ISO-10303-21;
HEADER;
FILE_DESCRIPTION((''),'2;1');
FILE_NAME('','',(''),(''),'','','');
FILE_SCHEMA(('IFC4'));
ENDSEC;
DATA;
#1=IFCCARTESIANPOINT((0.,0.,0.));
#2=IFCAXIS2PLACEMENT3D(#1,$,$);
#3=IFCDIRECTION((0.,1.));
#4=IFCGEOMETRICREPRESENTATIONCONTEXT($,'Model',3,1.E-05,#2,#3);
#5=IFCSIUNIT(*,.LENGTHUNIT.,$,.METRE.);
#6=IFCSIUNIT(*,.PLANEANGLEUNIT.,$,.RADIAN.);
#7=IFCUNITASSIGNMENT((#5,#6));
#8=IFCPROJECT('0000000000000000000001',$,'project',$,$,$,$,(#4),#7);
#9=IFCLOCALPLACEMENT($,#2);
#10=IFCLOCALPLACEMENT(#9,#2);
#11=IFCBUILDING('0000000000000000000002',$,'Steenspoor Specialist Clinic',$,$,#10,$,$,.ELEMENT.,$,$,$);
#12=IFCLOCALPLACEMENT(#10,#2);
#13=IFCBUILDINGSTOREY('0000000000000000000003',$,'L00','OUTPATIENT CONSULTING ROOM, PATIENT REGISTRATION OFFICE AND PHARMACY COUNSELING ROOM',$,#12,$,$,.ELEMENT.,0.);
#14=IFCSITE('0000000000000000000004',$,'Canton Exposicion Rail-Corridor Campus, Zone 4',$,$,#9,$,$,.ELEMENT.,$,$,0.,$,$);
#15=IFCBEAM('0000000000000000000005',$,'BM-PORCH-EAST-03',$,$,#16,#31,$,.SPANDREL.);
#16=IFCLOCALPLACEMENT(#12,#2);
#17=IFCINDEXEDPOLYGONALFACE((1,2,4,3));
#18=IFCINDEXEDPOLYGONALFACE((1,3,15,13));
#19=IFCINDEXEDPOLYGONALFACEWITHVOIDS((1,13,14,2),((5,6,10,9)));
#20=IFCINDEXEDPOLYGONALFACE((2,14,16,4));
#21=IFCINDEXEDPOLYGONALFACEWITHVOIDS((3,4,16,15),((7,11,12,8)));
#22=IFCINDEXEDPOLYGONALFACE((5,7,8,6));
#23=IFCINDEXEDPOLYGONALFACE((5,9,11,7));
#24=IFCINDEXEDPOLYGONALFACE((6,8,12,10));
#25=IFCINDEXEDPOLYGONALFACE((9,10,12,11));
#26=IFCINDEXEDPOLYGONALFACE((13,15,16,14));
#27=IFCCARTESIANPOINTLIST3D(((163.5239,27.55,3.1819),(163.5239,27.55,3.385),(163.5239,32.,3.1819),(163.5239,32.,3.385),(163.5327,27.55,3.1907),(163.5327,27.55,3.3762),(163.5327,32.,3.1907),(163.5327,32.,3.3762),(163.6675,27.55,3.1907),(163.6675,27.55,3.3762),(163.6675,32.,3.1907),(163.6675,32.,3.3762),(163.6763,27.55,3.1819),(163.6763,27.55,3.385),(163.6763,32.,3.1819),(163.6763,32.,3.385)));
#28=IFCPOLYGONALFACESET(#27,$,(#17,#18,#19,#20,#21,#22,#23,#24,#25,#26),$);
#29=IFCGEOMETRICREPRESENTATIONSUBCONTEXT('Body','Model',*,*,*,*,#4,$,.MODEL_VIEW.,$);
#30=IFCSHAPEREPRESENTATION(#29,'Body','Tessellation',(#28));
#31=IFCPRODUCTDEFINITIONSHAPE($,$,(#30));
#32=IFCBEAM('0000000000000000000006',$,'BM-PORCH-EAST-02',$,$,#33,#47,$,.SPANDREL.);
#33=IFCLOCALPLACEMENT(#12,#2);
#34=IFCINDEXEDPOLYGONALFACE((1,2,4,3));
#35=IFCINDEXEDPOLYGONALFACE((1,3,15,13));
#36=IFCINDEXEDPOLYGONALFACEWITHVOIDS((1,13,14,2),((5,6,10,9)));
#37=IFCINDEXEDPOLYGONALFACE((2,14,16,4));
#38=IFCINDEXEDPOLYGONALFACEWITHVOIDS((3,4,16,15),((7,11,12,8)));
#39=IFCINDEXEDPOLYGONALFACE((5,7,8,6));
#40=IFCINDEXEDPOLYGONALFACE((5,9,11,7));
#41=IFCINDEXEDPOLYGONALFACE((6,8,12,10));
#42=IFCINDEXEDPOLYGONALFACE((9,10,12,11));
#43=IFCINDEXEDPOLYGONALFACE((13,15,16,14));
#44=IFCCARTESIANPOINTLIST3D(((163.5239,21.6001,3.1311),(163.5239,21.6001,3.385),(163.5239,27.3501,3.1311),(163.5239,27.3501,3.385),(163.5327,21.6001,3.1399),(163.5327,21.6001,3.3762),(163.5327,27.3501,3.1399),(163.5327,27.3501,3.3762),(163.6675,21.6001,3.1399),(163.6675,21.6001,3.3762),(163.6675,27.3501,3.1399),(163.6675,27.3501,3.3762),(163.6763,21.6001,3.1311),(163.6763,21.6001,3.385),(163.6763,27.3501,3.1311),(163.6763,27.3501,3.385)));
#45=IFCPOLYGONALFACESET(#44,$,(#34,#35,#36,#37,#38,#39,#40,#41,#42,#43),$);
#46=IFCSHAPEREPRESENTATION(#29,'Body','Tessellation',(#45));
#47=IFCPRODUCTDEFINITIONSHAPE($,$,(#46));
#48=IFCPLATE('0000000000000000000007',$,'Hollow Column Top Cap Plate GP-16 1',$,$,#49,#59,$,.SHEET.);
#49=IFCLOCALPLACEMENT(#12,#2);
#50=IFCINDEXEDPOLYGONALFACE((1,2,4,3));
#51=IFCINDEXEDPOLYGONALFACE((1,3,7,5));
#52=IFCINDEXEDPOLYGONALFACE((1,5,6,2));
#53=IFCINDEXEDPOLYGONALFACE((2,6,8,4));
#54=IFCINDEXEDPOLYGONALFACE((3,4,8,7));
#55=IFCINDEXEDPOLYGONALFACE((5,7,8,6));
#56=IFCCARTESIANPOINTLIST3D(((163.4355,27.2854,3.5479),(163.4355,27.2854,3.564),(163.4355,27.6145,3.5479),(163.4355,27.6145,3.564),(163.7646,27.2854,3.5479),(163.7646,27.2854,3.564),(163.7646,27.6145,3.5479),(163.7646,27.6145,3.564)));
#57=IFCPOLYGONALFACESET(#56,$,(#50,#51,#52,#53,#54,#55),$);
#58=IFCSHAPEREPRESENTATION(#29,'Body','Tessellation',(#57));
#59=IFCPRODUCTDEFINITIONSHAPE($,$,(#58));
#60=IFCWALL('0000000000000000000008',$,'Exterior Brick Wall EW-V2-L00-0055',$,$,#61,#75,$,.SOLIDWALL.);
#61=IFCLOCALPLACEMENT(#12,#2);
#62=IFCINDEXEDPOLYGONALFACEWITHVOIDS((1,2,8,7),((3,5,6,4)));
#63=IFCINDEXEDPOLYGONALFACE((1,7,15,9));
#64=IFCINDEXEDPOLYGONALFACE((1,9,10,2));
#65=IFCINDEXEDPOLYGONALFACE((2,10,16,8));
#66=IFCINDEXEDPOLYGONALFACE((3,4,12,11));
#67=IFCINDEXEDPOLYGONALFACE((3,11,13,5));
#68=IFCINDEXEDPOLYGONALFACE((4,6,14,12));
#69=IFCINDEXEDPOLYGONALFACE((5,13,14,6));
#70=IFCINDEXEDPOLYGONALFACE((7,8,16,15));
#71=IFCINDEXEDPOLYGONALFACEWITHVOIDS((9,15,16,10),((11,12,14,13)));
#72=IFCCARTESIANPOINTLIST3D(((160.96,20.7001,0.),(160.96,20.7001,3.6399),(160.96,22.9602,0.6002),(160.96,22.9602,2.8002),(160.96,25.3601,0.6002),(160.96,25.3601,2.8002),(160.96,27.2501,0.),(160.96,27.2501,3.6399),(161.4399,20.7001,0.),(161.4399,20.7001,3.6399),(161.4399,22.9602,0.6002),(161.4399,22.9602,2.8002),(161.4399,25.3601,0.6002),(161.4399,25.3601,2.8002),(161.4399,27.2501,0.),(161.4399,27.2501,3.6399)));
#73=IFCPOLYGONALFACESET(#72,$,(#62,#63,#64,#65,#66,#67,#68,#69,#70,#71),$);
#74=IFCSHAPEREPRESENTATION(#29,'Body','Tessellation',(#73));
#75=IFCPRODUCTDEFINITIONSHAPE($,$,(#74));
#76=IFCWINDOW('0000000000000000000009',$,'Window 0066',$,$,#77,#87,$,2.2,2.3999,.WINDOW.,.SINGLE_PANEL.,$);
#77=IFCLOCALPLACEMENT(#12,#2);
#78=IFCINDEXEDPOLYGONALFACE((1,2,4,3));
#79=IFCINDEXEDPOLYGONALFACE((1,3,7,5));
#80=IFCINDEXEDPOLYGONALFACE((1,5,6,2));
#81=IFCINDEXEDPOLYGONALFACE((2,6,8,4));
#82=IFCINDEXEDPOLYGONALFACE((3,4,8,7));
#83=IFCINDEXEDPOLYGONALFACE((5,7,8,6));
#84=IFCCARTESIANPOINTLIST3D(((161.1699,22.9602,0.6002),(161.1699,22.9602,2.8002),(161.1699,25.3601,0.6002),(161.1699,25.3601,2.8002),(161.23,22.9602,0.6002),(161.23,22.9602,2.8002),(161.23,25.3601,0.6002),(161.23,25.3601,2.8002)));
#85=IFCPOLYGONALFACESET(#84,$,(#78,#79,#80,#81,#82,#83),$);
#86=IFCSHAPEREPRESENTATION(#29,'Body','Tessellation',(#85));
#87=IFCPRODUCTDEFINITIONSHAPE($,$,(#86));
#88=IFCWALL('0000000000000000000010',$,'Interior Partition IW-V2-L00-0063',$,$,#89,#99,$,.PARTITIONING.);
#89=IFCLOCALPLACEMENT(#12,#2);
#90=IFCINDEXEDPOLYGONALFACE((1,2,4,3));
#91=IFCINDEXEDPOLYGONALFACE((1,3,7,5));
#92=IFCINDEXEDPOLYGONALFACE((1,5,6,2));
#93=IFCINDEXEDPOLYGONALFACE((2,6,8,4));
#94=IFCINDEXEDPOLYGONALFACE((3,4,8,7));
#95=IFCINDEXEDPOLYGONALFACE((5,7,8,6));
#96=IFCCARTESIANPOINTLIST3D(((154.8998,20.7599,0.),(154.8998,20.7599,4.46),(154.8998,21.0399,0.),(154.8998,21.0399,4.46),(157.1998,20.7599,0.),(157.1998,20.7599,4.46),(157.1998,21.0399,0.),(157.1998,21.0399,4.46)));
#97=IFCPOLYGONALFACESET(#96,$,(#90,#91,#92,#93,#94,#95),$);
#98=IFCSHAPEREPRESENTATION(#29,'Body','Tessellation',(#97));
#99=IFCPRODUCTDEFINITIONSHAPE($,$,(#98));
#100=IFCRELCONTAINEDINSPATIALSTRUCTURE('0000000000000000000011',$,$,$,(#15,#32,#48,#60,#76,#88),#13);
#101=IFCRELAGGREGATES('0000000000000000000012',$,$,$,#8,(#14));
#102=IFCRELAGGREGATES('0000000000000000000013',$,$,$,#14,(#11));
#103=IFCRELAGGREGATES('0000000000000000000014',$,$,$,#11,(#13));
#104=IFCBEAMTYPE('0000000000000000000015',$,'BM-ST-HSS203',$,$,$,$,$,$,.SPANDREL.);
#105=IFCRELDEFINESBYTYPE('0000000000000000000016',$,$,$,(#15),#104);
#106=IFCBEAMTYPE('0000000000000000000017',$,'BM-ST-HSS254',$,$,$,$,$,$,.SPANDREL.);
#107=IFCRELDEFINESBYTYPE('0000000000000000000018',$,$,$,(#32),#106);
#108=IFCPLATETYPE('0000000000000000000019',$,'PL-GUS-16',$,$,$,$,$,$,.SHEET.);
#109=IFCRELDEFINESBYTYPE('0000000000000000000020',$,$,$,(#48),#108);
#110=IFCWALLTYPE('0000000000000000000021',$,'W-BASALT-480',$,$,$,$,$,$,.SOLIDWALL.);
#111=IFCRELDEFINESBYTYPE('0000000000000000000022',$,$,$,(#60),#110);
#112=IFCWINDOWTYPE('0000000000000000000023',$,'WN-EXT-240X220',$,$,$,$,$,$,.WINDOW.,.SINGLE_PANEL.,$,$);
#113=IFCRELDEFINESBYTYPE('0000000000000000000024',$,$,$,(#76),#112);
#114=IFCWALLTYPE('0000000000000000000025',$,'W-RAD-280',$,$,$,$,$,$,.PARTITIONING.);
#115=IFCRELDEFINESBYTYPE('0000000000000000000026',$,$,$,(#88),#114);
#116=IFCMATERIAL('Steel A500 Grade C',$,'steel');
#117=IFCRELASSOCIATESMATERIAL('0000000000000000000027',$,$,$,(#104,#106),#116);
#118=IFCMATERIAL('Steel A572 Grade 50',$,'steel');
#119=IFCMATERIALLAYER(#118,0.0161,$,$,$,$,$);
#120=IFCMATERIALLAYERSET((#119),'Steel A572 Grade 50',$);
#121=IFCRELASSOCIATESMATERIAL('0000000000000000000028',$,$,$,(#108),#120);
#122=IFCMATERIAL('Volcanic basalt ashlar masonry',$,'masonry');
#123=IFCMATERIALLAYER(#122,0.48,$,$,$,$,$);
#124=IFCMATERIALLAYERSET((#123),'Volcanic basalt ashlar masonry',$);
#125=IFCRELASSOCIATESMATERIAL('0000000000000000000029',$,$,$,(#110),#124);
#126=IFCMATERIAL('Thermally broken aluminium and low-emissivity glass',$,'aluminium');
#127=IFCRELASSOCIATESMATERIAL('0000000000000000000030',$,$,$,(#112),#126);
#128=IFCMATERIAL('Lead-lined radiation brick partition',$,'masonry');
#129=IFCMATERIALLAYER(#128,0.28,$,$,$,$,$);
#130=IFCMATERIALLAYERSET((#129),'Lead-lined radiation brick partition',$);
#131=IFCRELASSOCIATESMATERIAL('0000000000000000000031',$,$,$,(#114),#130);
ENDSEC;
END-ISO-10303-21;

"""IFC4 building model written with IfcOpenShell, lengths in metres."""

from ifc_helpers import new_model, si_unit, direction, frame, frame_2d, origin, origin_2d, place, context, subcontext, project, spatial, rectangle, hollow_rectangle, extrude, material, layer, layer_set, material_profile, profile_set, type_object, element, fill, save


model = new_model("IFC4")

# Units and contexts
model_context = context("Model", 3, precision=1e-05, world=origin(), true_north=direction((0.0, 1.0)))
body_context = subcontext(model_context, "Body", "Model", "MODEL_VIEW")
ifc_project = project(units=[si_unit("LENGTHUNIT", "METRE"), si_unit("PLANEANGLEUNIT", "RADIAN")], contexts=[model_context])

# Site, building, storey
site_placement = place(None, origin())
site = spatial("IfcSite", under=ifc_project, at=site_placement, Name="Canton Exposicion Rail-Corridor Campus, Zone 4", CompositionType="ELEMENT", RefElevation=0.0)
building_placement = place(site_placement, origin())
building = spatial("IfcBuilding", under=site, at=building_placement, Name="Steenspoor Specialist Clinic", CompositionType="ELEMENT")
storey_placement = place(building_placement, origin())
storey = spatial("IfcBuildingStorey", under=building, at=storey_placement, Name="L00", Description="OUTPATIENT CONSULTING ROOM, PATIENT REGISTRATION OFFICE AND PHARMACY COUNSELING ROOM", CompositionType="ELEMENT", Elevation=0.0)

# Shared definitions
ifc_material_1 = material(Name="Steel A500 Grade C", Category="steel")

# Beams
ifc_material_profile_1 = material_profile(ifc_material_1, hollow_rectangle(XDim=0.1523, YDim=0.2031, WallThickness=0.0088, at=origin_2d()), Name="HSS203X152X9.5")
ifc_profile_set_1 = profile_set([ifc_material_profile_1], Name="Steel A500 Grade C")
beam_type_1 = type_object("IfcBeamType", Name="BM-ST-HSS203", PredefinedType="SPANDREL", material=ifc_profile_set_1)
beam_1_placement = place(storey_placement, frame((163.6001, 27.55, 3.2834), z_axis=(0.0, 1.0, 0.0), x_axis=(-1.0, 0.0, 0.0)))
element("IfcBeam", 1, at=beam_1_placement, inside=storey, type_object=beam_type_1, Name="BM-PORCH-EAST-03", PredefinedType="SPANDREL", context=body_context, shape_type="SweptSolid", body=[
    extrude(hollow_rectangle(XDim=0.1523, YDim=0.2031, WallThickness=0.0088, at=origin_2d()), origin(), (0.0, 0.0, 1.0), 4.45),
])
ifc_material_profile_2 = material_profile(ifc_material_1, hollow_rectangle(XDim=0.1523, YDim=0.2539, WallThickness=0.0088, at=origin_2d()), Name="HSS254X152X9.5")
ifc_profile_set_2 = profile_set([ifc_material_profile_2], Name="Steel A500 Grade C")
beam_type_2 = type_object("IfcBeamType", Name="BM-ST-HSS254", PredefinedType="SPANDREL", material=ifc_profile_set_2)
beam_2_placement = place(storey_placement, frame((163.6001, 21.6001, 3.2581), z_axis=(0.0, 1.0, 0.0), x_axis=(-1.0, 0.0, 0.0)))
element("IfcBeam", 2, at=beam_2_placement, inside=storey, type_object=beam_type_2, Name="BM-PORCH-EAST-02", PredefinedType="SPANDREL", context=body_context, shape_type="SweptSolid", body=[
    extrude(hollow_rectangle(XDim=0.1523, YDim=0.2539, WallThickness=0.0088, at=origin_2d()), origin(), (0.0, 0.0, 1.0), 5.75),
])

# Plate
ifc_material_2 = material(Name="Steel A572 Grade 50", Category="steel")
ifc_layer_1 = layer(ifc_material_2, 0.0161)
ifc_layer_set_1 = layer_set([ifc_layer_1], Name="Steel A572 Grade 50")
plate_type = type_object("IfcPlateType", Name="PL-GUS-16", PredefinedType="SHEET", material=ifc_layer_set_1)
plate_placement = place(storey_placement, frame((163.6001, 27.45, 3.5479), z_axis=(0.0, 0.0, 1.0), x_axis=(1.0, 0.0, 0.0)))
element("IfcPlate", 3, at=plate_placement, inside=storey, type_object=plate_type, Name="Hollow Column Top Cap Plate GP-16 1", PredefinedType="SHEET", context=body_context, shape_type="SweptSolid", body=[
    extrude(rectangle(XDim=0.3291, YDim=0.3291, at=origin_2d()), origin(), (0.0, 0.0, 1.0), 0.0161),
])

# Wall, opening, window
ifc_material_3 = material(Name="Volcanic basalt ashlar masonry", Category="masonry")
ifc_layer_2 = layer(ifc_material_3, 0.48)
ifc_layer_set_2 = layer_set([ifc_layer_2], Name="Volcanic basalt ashlar masonry")
wall_type_1 = type_object("IfcWallType", Name="W-BASALT-480", PredefinedType="SOLIDWALL", material=ifc_layer_set_2)
wall_1_placement = place(storey_placement, frame((161.2, 27.25, 0.0), z_axis=(0.0, 0.0, 1.0), x_axis=(0.0, -1.0, 0.0)))
wall_1 = element("IfcWall", 4, at=wall_1_placement, inside=storey, type_object=wall_type_1, Name="Exterior Brick Wall EW-V2-L00-0055", PredefinedType="SOLIDWALL", context=body_context, shape_type="SweptSolid", body=[
    extrude(rectangle(XDim=6.55, YDim=0.48, at=frame_2d((3.2749, 0.0))), origin(), (0.0, 0.0, 1.0), 3.6399),
])
opening_placement = place(wall_1_placement, frame((1.8899, 0.0, 0.6001)))
opening = element("IfcOpeningElement", 5, at=opening_placement, cuts=wall_1, PredefinedType="OPENING", context=body_context, shape_type="SweptSolid", body=[
    extrude(rectangle(XDim=2.3999, YDim=2.2, at=frame_2d((1.2, 1.1001))), frame((0.0, 0.25, 0.0), z_axis=(0.0, -1.0, 0.0), x_axis=(1.0, 0.0, 0.0)), (0.0, 0.0, 1.0), 0.5),
])
ifc_material_4 = material(Name="Thermally broken aluminium and low-emissivity glass", Category="aluminium")
window_type = type_object("IfcWindowType", Name="WN-EXT-240X220", PartitioningType="SINGLE_PANEL", PredefinedType="WINDOW", material=ifc_material_4)
window_placement = place(opening_placement, origin())
window = element("IfcWindow", 6, at=window_placement, inside=storey, type_object=window_type, Name="Window 0066", OverallHeight=2.2, OverallWidth=2.3999, PartitioningType="SINGLE_PANEL", PredefinedType="WINDOW", context=body_context, shape_type="SweptSolid", body=[
    extrude(rectangle(XDim=2.3999, YDim=2.2, at=frame_2d((1.2, 1.1001))), frame((0.0, 0.03, 0.0), z_axis=(0.0, -1.0, 0.0), x_axis=(1.0, 0.0, 0.0)), (0.0, 0.0, 1.0), 0.0601),
])
fill(opening, window)

# Wall
ifc_material_5 = material(Name="Lead-lined radiation brick partition", Category="masonry")
ifc_layer_3 = layer(ifc_material_5, 0.28)
ifc_layer_set_3 = layer_set([ifc_layer_3], Name="Lead-lined radiation brick partition")
wall_type_2 = type_object("IfcWallType", Name="W-RAD-280", PredefinedType="PARTITIONING", material=ifc_layer_set_3)
wall_2_placement = place(storey_placement, frame((154.8999, 20.8999, 0.0), z_axis=(0.0, 0.0, 1.0), x_axis=(1.0, 0.0, 0.0)))
element("IfcWall", 7, at=wall_2_placement, inside=storey, type_object=wall_type_2, Name="Interior Partition IW-V2-L00-0063", PredefinedType="PARTITIONING", context=body_context, shape_type="SweptSolid", body=[
    extrude(rectangle(XDim=2.3, YDim=0.28, at=frame_2d((1.1499, 0.0))), origin(), (0.0, 0.0, 1.0), 4.46),
])

save(model, "model.ifc")
